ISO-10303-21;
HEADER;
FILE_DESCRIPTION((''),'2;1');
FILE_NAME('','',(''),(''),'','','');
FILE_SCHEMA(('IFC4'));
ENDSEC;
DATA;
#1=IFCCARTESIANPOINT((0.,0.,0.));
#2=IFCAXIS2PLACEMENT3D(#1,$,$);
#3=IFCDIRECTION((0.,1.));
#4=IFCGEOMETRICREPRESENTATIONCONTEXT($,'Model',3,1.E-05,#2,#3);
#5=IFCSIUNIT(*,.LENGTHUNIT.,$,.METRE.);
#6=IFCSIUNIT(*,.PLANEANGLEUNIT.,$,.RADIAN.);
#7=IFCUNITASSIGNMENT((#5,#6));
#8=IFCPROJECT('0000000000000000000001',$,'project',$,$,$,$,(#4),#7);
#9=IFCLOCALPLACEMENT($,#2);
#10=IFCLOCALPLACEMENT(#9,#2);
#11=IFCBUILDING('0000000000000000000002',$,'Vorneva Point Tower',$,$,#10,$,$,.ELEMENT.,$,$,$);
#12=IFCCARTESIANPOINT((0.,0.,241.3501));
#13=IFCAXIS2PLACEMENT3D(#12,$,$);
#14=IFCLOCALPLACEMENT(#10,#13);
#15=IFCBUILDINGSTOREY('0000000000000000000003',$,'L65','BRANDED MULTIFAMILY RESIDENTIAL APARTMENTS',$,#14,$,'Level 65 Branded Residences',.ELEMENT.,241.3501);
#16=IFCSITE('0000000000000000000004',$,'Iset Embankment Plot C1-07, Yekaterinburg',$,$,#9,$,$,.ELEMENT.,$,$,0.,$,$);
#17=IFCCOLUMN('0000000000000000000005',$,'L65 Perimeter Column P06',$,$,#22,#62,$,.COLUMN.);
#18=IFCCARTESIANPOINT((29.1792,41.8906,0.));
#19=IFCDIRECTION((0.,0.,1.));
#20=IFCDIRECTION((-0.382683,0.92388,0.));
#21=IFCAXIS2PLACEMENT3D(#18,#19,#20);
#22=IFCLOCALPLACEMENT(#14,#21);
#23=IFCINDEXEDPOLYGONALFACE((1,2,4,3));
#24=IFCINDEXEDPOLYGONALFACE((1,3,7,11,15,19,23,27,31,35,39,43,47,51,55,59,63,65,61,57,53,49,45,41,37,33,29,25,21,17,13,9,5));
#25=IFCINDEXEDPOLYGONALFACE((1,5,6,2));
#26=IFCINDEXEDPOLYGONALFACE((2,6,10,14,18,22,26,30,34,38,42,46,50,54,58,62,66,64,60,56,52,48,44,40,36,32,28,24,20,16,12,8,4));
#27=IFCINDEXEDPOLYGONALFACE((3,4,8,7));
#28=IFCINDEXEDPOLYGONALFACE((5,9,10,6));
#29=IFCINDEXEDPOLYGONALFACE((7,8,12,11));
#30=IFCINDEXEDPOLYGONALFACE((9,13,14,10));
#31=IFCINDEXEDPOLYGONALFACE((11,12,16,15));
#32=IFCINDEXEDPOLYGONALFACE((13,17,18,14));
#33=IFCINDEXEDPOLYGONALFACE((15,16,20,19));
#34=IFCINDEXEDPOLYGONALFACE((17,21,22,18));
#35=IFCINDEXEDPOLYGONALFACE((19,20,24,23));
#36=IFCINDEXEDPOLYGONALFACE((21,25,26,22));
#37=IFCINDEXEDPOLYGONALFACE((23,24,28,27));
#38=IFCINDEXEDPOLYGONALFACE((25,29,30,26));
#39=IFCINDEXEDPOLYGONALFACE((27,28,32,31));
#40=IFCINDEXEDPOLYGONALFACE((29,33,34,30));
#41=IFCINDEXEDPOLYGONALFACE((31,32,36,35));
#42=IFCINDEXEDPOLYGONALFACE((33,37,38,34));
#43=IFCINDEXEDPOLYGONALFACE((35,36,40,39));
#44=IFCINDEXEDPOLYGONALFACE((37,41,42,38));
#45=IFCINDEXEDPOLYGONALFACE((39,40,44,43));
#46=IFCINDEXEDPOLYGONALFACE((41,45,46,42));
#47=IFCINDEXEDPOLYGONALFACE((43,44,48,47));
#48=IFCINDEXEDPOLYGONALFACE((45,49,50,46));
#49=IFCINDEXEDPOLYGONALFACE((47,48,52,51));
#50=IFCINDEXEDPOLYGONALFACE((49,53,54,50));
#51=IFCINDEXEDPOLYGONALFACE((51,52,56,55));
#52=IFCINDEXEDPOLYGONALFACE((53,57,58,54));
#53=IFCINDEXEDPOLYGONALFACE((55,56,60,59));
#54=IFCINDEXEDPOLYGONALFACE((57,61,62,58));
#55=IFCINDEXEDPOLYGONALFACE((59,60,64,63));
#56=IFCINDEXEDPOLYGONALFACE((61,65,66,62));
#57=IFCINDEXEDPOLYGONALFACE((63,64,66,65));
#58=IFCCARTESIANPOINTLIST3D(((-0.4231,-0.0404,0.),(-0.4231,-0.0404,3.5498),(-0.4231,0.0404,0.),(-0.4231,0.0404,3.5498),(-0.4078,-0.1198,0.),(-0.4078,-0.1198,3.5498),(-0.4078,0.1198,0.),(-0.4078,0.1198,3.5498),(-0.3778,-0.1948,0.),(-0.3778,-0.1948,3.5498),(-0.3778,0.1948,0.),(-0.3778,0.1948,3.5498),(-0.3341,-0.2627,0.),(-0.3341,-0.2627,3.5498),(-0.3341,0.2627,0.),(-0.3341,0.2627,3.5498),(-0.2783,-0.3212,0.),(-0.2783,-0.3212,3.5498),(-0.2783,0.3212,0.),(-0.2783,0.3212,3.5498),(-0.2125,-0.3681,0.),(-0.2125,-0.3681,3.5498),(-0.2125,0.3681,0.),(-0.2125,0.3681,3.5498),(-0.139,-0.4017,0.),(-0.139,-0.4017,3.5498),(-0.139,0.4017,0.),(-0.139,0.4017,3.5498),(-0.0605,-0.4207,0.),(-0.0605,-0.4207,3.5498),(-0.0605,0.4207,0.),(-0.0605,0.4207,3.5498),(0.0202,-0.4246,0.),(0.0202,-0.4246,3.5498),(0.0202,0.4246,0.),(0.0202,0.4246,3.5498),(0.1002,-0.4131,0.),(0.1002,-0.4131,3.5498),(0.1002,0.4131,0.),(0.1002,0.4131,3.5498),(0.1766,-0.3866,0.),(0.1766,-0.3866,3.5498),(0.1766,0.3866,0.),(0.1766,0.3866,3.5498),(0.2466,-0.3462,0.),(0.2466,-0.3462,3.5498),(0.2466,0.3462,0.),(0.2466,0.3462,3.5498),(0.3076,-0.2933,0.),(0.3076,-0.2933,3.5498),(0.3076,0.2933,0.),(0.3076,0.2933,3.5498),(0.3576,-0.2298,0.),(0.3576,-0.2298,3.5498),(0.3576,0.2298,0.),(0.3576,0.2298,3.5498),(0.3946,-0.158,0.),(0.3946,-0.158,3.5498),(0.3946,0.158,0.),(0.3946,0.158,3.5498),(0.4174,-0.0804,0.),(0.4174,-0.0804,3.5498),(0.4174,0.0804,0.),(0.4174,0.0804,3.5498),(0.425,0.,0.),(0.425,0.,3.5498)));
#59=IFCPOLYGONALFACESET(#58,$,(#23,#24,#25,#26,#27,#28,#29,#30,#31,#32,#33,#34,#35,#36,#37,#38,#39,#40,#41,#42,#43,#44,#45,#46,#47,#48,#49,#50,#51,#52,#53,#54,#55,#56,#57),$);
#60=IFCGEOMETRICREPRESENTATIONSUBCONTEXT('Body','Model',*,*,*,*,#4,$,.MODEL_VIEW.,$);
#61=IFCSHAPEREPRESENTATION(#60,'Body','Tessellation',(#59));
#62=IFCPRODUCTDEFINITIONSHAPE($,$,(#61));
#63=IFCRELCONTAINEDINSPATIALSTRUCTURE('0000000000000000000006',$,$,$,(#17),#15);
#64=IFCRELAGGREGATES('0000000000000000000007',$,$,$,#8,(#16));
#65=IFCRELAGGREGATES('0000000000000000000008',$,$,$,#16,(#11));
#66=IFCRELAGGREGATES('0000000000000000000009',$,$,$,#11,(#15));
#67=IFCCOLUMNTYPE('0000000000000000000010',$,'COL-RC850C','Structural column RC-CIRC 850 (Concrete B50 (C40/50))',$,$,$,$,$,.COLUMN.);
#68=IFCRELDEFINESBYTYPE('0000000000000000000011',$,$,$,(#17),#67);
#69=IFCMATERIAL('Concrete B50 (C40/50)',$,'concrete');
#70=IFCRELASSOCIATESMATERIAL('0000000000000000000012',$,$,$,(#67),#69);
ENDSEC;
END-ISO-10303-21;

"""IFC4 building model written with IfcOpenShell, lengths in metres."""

from ifc_helpers import new_model, si_unit, direction, frame, origin, origin_2d, place, context, subcontext, project, spatial, circle, extrude, material, material_profile, profile_set, type_object, element, save


model = new_model("IFC4")

# Units and contexts
model_context = context("Model", 3, precision=1e-05, world=origin(), true_north=direction((0.0, 1.0)))
body_context = subcontext(model_context, "Body", "Model", "MODEL_VIEW")
ifc_project = project(units=[si_unit("LENGTHUNIT", "METRE"), si_unit("PLANEANGLEUNIT", "RADIAN")], contexts=[model_context])

# Site, building, storey
site_placement = place(None, origin())
site = spatial("IfcSite", under=ifc_project, at=site_placement, Name="Iset Embankment Plot C1-07, Yekaterinburg", CompositionType="ELEMENT", RefElevation=0.0)
building_placement = place(site_placement, origin())
building = spatial("IfcBuilding", under=site, at=building_placement, Name="Vorneva Point Tower", CompositionType="ELEMENT")
storey_placement = place(building_placement, frame((0.0, 0.0, 241.3501)))
storey = spatial("IfcBuildingStorey", under=building, at=storey_placement, Name="L65", Description="BRANDED MULTIFAMILY RESIDENTIAL APARTMENTS", LongName="Level 65 Branded Residences", CompositionType="ELEMENT", Elevation=241.3501)

# Column
ifc_material_1 = material(Name="Concrete B50 (C40/50)", Category="concrete")
ifc_material_profile_1 = material_profile(ifc_material_1, circle(Radius=0.425, at=origin_2d()), Name="RC-CIRC 850")
ifc_profile_set_1 = profile_set([ifc_material_profile_1], Name="Concrete B50 (C40/50)")
column_type = type_object("IfcColumnType", Name="COL-RC850C", Description="Structural column RC-CIRC 850 (Concrete B50 (C40/50))", PredefinedType="COLUMN", material=ifc_profile_set_1)
column_placement = place(storey_placement, frame((29.1792, 41.8906, 0.0), z_axis=(0.0, 0.0, 1.0), x_axis=(-0.382683, 0.92388, 0.0)))
element("IfcColumn", 1, at=column_placement, inside=storey, type_object=column_type, Name="L65 Perimeter Column P06", PredefinedType="COLUMN", context=body_context, shape_type="SweptSolid", body=[
    extrude(circle(Radius=0.425, at=origin_2d()), origin(), (0.0, 0.0, 1.0), 3.5498),
])

save(model, "model.ifc")
